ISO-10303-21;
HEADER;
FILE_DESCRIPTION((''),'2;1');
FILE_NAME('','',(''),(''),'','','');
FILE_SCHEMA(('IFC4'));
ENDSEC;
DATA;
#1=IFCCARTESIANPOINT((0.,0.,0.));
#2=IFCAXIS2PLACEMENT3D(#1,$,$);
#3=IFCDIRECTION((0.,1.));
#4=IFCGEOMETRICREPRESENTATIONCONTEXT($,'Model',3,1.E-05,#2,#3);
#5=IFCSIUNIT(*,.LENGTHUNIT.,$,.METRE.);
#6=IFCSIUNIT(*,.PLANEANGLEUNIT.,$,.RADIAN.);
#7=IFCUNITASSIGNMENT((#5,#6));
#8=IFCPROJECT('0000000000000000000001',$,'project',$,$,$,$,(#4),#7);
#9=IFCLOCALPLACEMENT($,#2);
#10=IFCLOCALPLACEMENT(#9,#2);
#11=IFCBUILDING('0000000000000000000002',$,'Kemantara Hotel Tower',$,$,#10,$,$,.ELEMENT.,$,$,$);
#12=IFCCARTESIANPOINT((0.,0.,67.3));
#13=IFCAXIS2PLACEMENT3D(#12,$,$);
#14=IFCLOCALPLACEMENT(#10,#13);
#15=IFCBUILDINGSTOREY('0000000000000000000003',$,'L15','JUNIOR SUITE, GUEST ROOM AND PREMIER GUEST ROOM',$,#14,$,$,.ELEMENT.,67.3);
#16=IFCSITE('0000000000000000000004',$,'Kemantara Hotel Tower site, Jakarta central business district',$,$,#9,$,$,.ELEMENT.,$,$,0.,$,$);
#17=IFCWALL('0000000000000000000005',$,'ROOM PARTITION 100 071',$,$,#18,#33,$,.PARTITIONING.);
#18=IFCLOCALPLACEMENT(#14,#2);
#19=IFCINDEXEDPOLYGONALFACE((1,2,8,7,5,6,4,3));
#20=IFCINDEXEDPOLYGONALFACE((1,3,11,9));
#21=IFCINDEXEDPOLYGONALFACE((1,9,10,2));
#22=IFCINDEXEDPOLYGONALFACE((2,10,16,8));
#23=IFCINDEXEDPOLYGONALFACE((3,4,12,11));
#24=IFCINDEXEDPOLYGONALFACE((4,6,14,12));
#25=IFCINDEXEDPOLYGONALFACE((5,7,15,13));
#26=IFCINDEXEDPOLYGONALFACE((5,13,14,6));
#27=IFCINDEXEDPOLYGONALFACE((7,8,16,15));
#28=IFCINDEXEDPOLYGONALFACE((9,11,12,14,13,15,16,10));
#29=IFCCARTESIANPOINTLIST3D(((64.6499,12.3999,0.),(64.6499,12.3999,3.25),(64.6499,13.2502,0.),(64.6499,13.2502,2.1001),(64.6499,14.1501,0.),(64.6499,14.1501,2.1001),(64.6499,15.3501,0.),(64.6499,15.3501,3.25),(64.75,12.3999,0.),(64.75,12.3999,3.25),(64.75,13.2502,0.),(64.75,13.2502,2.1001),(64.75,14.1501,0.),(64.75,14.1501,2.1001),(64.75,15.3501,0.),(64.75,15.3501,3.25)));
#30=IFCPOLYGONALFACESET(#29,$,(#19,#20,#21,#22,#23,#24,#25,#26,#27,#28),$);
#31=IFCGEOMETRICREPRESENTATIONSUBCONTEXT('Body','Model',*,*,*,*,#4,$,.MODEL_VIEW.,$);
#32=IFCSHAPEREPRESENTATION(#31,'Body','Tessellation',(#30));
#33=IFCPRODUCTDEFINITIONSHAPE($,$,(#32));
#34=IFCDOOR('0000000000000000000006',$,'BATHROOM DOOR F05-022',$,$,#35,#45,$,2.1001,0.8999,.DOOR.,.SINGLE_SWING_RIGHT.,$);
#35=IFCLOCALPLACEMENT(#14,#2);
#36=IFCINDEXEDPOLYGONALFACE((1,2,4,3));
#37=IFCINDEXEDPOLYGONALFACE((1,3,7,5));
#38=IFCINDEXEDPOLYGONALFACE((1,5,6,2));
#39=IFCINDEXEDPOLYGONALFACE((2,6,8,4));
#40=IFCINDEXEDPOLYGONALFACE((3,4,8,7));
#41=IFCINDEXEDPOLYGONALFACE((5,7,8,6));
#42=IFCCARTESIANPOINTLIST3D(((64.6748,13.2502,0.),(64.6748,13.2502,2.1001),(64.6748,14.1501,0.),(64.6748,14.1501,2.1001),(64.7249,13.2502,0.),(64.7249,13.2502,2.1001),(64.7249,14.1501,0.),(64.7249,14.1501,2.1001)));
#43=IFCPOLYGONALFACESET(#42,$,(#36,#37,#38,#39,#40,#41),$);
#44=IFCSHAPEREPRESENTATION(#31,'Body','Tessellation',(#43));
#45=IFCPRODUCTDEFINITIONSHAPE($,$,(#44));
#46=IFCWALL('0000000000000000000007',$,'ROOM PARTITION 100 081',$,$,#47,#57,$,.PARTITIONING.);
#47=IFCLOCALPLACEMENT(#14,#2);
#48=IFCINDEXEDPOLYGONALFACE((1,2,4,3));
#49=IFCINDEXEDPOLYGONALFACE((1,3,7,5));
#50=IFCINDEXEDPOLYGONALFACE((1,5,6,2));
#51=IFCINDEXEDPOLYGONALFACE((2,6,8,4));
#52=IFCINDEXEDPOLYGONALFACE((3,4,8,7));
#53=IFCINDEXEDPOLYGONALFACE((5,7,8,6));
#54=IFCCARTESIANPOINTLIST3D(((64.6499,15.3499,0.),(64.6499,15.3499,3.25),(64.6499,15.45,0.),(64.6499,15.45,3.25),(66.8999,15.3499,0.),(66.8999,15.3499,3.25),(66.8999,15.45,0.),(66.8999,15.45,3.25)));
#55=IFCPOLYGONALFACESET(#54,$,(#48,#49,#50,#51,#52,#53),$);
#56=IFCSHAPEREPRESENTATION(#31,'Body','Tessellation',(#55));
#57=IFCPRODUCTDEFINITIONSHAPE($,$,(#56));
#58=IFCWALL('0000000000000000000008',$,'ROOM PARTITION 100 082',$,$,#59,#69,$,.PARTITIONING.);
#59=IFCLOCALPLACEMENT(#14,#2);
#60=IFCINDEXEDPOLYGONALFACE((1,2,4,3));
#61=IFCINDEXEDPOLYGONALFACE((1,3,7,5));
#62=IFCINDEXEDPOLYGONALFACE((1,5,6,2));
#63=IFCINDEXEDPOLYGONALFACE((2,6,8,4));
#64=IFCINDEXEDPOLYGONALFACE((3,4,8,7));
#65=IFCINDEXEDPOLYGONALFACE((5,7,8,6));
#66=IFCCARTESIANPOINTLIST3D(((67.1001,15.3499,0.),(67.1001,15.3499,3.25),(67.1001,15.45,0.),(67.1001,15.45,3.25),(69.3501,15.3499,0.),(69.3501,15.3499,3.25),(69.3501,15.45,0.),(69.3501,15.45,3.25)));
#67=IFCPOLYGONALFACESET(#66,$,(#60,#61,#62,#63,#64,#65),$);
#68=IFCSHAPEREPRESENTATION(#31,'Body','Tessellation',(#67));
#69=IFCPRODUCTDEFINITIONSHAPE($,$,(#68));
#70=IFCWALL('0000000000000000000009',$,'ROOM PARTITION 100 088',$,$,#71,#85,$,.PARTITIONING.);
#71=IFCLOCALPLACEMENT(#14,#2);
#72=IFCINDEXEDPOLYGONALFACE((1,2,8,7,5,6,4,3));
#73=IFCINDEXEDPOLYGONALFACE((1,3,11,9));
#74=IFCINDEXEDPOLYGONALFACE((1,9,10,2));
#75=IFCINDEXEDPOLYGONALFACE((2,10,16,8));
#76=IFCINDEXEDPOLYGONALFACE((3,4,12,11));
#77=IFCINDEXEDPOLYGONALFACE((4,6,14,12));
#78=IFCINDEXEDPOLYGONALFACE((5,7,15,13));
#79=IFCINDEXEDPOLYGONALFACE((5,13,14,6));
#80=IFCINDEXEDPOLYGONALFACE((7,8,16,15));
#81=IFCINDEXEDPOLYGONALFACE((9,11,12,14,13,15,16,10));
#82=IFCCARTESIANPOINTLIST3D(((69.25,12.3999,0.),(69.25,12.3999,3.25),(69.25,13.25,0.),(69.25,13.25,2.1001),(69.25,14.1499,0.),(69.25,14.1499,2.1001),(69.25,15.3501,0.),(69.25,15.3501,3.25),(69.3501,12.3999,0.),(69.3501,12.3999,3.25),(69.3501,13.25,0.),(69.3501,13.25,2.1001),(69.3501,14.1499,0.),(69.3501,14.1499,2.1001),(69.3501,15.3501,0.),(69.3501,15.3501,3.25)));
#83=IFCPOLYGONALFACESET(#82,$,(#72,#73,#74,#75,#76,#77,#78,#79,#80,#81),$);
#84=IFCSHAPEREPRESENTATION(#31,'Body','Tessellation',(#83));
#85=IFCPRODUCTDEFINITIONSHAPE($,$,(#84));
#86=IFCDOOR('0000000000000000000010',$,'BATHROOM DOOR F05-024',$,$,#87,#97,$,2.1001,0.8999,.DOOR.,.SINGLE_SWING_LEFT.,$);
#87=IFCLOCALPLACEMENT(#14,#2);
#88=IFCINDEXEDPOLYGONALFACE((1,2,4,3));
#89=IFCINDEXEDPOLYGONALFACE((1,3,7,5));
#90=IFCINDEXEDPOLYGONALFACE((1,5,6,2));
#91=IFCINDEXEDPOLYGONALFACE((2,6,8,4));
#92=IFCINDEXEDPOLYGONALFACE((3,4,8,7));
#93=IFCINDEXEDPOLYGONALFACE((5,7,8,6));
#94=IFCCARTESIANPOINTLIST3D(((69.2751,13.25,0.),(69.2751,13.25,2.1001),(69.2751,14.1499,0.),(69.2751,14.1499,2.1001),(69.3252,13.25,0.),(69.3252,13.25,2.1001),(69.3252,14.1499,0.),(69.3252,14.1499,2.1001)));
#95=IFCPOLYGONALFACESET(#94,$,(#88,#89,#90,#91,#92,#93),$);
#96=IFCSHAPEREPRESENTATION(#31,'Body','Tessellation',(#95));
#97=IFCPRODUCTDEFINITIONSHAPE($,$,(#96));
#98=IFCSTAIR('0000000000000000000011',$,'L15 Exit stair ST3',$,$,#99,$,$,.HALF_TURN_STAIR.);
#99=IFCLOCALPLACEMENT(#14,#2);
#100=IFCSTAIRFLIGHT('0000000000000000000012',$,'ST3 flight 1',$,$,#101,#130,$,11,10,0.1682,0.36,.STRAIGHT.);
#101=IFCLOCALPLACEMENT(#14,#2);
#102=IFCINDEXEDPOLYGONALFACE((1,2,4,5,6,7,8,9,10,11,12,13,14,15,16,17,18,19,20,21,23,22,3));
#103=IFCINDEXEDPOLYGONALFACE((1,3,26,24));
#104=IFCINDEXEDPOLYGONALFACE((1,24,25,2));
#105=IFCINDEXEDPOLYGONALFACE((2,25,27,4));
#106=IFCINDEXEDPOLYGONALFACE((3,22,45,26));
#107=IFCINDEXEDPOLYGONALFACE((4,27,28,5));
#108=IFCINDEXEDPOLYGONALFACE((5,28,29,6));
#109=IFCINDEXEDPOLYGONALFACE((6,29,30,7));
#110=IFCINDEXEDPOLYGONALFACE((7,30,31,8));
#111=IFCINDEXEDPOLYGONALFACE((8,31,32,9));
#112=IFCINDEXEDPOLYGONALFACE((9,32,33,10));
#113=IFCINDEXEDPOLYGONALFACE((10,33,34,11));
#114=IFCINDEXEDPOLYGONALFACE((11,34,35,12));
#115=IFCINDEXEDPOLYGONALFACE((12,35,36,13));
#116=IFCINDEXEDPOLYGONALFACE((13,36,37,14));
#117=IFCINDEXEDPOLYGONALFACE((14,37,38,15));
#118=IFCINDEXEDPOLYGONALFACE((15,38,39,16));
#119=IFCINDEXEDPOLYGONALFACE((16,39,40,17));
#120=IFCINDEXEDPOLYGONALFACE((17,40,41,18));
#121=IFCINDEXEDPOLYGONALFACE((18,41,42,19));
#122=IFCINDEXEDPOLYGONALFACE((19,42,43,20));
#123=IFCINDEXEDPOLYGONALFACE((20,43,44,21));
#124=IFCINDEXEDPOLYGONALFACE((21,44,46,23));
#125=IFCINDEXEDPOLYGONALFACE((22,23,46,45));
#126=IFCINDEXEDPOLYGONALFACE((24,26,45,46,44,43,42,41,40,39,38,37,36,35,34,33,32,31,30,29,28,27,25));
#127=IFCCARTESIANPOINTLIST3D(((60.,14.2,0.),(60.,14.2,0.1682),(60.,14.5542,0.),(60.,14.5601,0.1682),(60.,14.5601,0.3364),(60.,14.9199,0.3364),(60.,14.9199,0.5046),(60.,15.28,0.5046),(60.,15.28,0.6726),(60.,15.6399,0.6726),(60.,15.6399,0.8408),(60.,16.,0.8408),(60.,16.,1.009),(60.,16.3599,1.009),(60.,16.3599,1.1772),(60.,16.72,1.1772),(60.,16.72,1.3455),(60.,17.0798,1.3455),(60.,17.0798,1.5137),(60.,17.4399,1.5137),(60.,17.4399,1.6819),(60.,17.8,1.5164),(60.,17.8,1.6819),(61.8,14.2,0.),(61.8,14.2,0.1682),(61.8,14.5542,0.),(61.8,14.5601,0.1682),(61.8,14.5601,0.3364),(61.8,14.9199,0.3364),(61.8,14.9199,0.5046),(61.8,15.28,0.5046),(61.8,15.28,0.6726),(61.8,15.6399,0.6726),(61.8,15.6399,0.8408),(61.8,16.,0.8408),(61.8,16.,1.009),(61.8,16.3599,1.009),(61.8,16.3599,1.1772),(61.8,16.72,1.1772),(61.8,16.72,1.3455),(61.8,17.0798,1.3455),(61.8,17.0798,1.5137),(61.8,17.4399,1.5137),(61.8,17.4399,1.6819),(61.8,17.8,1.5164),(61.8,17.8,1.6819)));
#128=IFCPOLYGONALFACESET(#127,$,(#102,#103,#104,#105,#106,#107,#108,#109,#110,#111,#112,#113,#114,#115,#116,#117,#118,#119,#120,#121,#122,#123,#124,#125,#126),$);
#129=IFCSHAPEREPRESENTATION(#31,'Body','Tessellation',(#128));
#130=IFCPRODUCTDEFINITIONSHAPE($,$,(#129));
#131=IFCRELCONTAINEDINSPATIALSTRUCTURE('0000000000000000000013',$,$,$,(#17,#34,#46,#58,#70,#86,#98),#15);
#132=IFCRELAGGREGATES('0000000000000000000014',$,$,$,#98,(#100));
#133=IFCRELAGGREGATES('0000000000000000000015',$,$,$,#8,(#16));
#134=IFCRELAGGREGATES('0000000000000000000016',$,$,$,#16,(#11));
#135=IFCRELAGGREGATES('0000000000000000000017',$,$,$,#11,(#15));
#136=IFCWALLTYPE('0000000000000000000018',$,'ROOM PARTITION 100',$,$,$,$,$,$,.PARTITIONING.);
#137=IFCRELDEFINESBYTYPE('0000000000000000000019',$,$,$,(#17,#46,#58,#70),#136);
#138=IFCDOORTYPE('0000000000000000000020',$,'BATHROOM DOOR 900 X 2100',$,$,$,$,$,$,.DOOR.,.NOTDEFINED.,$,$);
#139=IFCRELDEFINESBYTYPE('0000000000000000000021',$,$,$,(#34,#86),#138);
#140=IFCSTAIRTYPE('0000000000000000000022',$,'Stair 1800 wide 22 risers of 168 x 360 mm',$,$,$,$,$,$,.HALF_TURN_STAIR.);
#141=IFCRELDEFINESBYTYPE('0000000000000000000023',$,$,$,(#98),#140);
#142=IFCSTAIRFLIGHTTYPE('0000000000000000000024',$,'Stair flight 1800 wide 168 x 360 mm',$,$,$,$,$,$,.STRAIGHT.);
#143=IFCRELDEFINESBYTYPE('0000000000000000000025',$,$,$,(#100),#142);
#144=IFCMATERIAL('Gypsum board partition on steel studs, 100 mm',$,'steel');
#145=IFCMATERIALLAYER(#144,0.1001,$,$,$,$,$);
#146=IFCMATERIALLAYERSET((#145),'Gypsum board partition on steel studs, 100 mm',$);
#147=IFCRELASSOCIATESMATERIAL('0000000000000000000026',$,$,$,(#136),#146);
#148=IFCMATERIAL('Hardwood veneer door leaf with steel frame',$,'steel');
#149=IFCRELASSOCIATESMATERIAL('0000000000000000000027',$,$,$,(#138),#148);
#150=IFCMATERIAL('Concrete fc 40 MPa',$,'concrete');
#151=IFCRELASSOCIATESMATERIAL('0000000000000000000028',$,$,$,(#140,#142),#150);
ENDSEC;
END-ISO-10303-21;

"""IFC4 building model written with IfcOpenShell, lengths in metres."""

from ifc_helpers import new_model, si_unit, direction, frame, frame_2d, origin, place, context, subcontext, project, spatial, polyline, rectangle, outline, extrude, material, layer, layer_set, type_object, element, fill, aggregate, save


model = new_model("IFC4")

# Units and contexts
model_context = context("Model", 3, precision=1e-05, world=origin(), true_north=direction((0.0, 1.0)))
body_context = subcontext(model_context, "Body", "Model", "MODEL_VIEW")
ifc_project = project(units=[si_unit("LENGTHUNIT", "METRE"), si_unit("PLANEANGLEUNIT", "RADIAN")], contexts=[model_context])

# Site, building, storey
site_placement = place(None, origin())
site = spatial("IfcSite", under=ifc_project, at=site_placement, Name="Kemantara Hotel Tower site, Jakarta central business district", CompositionType="ELEMENT", RefElevation=0.0)
building_placement = place(site_placement, origin())
building = spatial("IfcBuilding", under=site, at=building_placement, Name="Kemantara Hotel Tower", CompositionType="ELEMENT")
storey_placement = place(building_placement, frame((0.0, 0.0, 67.3)))
storey = spatial("IfcBuildingStorey", under=building, at=storey_placement, Name="L15", Description="JUNIOR SUITE, GUEST ROOM AND PREMIER GUEST ROOM", CompositionType="ELEMENT", Elevation=67.3)

# Shared definitions
ifc_material_1 = material(Name="Hardwood veneer door leaf with steel frame", Category="steel")

# Shared definitions
ifc_material_2 = material(Name="Concrete fc 40 MPa", Category="concrete")

# Wall, opening, door
ifc_material_3 = material(Name="Gypsum board partition on steel studs, 100 mm", Category="steel")
ifc_layer_1 = layer(ifc_material_3, 0.1001)
ifc_layer_set_1 = layer_set([ifc_layer_1], Name="Gypsum board partition on steel studs, 100 mm")
wall_type_1 = type_object("IfcWallType", Name="ROOM PARTITION 100", PredefinedType="PARTITIONING", material=ifc_layer_set_1)
wall_1_placement = place(storey_placement, frame((64.7, 15.3501, 0.0), z_axis=(0.0, 0.0, 1.0), x_axis=(0.0, -1.0, 0.0)))
wall_1 = element("IfcWall", 1, at=wall_1_placement, inside=storey, type_object=wall_type_1, Name="ROOM PARTITION 100 071", PredefinedType="PARTITIONING", context=body_context, shape_type="SweptSolid", body=[
    extrude(rectangle(XDim=2.9502, YDim=0.1001, at=frame_2d((1.4751, 0.0))), origin(), (0.0, 0.0, 1.0), 3.25),
])
opening_1_placement = place(wall_1_placement, frame((1.2, 0.0, 0.0)))
opening_1 = element("IfcOpeningElement", 2, at=opening_1_placement, cuts=wall_1, PredefinedType="OPENING", context=body_context, shape_type="SweptSolid", body=[
    extrude(rectangle(XDim=0.8999, YDim=2.1001, at=frame_2d((0.45, 1.05))), frame((0.0, 0.0601, 0.0), z_axis=(0.0, -1.0, 0.0), x_axis=(1.0, 0.0, 0.0)), (0.0, 0.0, 1.0), 0.1201),
])
door_type_1 = type_object("IfcDoorType", Name="BATHROOM DOOR 900 X 2100", OperationType="NOTDEFINED", PredefinedType="DOOR", material=ifc_material_1)
door_1_placement = place(opening_1_placement, origin())
door_1 = element("IfcDoor", 3, at=door_1_placement, inside=storey, type_object=door_type_1, Name="BATHROOM DOOR F05-022", OperationType="SINGLE_SWING_RIGHT", OverallHeight=2.1001, OverallWidth=0.8999, PredefinedType="DOOR", context=body_context, shape_type="SweptSolid", body=[
    extrude(rectangle(XDim=0.8999, YDim=2.1001, at=frame_2d((0.45, 1.05))), frame((0.0, 0.0249, 0.0), z_axis=(0.0, -1.0, 0.0), x_axis=(1.0, 0.0, 0.0)), (0.0, 0.0, 1.0), 0.05),
])
fill(opening_1, door_1)

# Walls
for number, where, z_axis, x_axis, name in (
    (4, (64.6499, 15.3999, 0.0), (0.0, 0.0, 1.0), (1.0, 0.0, 0.0), "ROOM PARTITION 100 081"),
    (5, (67.1001, 15.3999, 0.0), (0.0, 0.0, 1.0), (1.0, 0.0, 0.0), "ROOM PARTITION 100 082"),
):
    element("IfcWall", number, at=place(storey_placement, frame(where, z_axis=z_axis, x_axis=x_axis)), inside=storey, type_object=wall_type_1, Name=name, PredefinedType="PARTITIONING", context=body_context, shape_type="SweptSolid", body=[
        extrude(rectangle(XDim=2.25, YDim=0.1001, at=frame_2d((1.125, 0.0))), origin(), (0.0, 0.0, 1.0), 3.25),
    ])

# Wall, opening, door
wall_2_placement = place(storey_placement, frame((69.3, 12.3999, 0.0), z_axis=(0.0, 0.0, 1.0), x_axis=(0.0, 1.0, 0.0)))
wall_2 = element("IfcWall", 6, at=wall_2_placement, inside=storey, type_object=wall_type_1, Name="ROOM PARTITION 100 088", PredefinedType="PARTITIONING", context=body_context, shape_type="SweptSolid", body=[
    extrude(rectangle(XDim=2.9502, YDim=0.1001, at=frame_2d((1.4751, 0.0))), origin(), (0.0, 0.0, 1.0), 3.25),
])
opening_2_placement = place(wall_2_placement, frame((0.8501, 0.0, 0.0)))
opening_2 = element("IfcOpeningElement", 7, at=opening_2_placement, cuts=wall_2, PredefinedType="OPENING", context=body_context, shape_type="SweptSolid", body=[
    extrude(rectangle(XDim=0.8999, YDim=2.1001, at=frame_2d((0.45, 1.05))), frame((0.0, 0.0601, 0.0), z_axis=(0.0, -1.0, 0.0), x_axis=(1.0, 0.0, 0.0)), (0.0, 0.0, 1.0), 0.1201),
])
door_2_placement = place(opening_2_placement, origin())
door_2 = element("IfcDoor", 8, at=door_2_placement, inside=storey, type_object=door_type_1, Name="BATHROOM DOOR F05-024", OperationType="SINGLE_SWING_LEFT", OverallHeight=2.1001, OverallWidth=0.8999, PredefinedType="DOOR", context=body_context, shape_type="SweptSolid", body=[
    extrude(rectangle(XDim=0.8999, YDim=2.1001, at=frame_2d((0.45, 1.05))), frame((0.0, 0.0249, 0.0), z_axis=(0.0, -1.0, 0.0), x_axis=(1.0, 0.0, 0.0)), (0.0, 0.0, 1.0), 0.05),
])
fill(opening_2, door_2)

# Stair, stair flight
stair_type = type_object("IfcStairType", Name="Stair 1800 wide 22 risers of 168 x 360 mm", PredefinedType="HALF_TURN_STAIR", material=ifc_material_2)
stair_placement = place(storey_placement, origin())
stair = element("IfcStair", 9, at=stair_placement, inside=storey, type_object=stair_type, Name="L15 Exit stair ST3", PredefinedType="HALF_TURN_STAIR")
stair_flight_type = type_object("IfcStairFlightType", Name="Stair flight 1800 wide 168 x 360 mm", PredefinedType="STRAIGHT", material=ifc_material_2)
stair_flight_placement = place(storey_placement, frame((60.8999, 14.2, 0.0), z_axis=(0.0, 0.0, 1.0), x_axis=(0.0, 1.0, 0.0)))
stair_flight = element("IfcStairFlight", 10, at=stair_flight_placement, type_object=stair_flight_type, Name="ST3 flight 1", NumberOfRisers=11, NumberOfTreads=10, PredefinedType="STRAIGHT", RiserHeight=0.1682, TreadLength=0.36, context=body_context, shape_type="SweptSolid", body=[
    extrude(outline(polyline([(0.0, 0.0), (0.0, 0.1682), (0.3601, 0.1682), (0.3601, 0.3364), (0.72, 0.3364), (0.72, 0.5046), (1.0801, 0.5046), (1.0801, 0.6726), (1.4399, 0.6726), (1.4399, 0.8408), (1.8, 0.8408), (1.8, 1.009), (2.1599, 1.009), (2.1599, 1.1772), (2.52, 1.1772), (2.52, 1.3455), (2.8799, 1.3455), (2.8799, 1.5137), (3.24, 1.5137), (3.24, 1.6819), (3.6001, 1.6819), (3.6001, 1.8501), (3.6001, 1.5164), (0.3542, 0.0), (0.0, 0.0)])), frame((0.0, 0.8999, 0.0), z_axis=(0.0, -1.0, 0.0), x_axis=(1.0, 0.0, 0.0)), (0.0, 0.0, 1.0), 1.8),
])
aggregate(stair, [stair_flight])

save(model, "model.ifc")
